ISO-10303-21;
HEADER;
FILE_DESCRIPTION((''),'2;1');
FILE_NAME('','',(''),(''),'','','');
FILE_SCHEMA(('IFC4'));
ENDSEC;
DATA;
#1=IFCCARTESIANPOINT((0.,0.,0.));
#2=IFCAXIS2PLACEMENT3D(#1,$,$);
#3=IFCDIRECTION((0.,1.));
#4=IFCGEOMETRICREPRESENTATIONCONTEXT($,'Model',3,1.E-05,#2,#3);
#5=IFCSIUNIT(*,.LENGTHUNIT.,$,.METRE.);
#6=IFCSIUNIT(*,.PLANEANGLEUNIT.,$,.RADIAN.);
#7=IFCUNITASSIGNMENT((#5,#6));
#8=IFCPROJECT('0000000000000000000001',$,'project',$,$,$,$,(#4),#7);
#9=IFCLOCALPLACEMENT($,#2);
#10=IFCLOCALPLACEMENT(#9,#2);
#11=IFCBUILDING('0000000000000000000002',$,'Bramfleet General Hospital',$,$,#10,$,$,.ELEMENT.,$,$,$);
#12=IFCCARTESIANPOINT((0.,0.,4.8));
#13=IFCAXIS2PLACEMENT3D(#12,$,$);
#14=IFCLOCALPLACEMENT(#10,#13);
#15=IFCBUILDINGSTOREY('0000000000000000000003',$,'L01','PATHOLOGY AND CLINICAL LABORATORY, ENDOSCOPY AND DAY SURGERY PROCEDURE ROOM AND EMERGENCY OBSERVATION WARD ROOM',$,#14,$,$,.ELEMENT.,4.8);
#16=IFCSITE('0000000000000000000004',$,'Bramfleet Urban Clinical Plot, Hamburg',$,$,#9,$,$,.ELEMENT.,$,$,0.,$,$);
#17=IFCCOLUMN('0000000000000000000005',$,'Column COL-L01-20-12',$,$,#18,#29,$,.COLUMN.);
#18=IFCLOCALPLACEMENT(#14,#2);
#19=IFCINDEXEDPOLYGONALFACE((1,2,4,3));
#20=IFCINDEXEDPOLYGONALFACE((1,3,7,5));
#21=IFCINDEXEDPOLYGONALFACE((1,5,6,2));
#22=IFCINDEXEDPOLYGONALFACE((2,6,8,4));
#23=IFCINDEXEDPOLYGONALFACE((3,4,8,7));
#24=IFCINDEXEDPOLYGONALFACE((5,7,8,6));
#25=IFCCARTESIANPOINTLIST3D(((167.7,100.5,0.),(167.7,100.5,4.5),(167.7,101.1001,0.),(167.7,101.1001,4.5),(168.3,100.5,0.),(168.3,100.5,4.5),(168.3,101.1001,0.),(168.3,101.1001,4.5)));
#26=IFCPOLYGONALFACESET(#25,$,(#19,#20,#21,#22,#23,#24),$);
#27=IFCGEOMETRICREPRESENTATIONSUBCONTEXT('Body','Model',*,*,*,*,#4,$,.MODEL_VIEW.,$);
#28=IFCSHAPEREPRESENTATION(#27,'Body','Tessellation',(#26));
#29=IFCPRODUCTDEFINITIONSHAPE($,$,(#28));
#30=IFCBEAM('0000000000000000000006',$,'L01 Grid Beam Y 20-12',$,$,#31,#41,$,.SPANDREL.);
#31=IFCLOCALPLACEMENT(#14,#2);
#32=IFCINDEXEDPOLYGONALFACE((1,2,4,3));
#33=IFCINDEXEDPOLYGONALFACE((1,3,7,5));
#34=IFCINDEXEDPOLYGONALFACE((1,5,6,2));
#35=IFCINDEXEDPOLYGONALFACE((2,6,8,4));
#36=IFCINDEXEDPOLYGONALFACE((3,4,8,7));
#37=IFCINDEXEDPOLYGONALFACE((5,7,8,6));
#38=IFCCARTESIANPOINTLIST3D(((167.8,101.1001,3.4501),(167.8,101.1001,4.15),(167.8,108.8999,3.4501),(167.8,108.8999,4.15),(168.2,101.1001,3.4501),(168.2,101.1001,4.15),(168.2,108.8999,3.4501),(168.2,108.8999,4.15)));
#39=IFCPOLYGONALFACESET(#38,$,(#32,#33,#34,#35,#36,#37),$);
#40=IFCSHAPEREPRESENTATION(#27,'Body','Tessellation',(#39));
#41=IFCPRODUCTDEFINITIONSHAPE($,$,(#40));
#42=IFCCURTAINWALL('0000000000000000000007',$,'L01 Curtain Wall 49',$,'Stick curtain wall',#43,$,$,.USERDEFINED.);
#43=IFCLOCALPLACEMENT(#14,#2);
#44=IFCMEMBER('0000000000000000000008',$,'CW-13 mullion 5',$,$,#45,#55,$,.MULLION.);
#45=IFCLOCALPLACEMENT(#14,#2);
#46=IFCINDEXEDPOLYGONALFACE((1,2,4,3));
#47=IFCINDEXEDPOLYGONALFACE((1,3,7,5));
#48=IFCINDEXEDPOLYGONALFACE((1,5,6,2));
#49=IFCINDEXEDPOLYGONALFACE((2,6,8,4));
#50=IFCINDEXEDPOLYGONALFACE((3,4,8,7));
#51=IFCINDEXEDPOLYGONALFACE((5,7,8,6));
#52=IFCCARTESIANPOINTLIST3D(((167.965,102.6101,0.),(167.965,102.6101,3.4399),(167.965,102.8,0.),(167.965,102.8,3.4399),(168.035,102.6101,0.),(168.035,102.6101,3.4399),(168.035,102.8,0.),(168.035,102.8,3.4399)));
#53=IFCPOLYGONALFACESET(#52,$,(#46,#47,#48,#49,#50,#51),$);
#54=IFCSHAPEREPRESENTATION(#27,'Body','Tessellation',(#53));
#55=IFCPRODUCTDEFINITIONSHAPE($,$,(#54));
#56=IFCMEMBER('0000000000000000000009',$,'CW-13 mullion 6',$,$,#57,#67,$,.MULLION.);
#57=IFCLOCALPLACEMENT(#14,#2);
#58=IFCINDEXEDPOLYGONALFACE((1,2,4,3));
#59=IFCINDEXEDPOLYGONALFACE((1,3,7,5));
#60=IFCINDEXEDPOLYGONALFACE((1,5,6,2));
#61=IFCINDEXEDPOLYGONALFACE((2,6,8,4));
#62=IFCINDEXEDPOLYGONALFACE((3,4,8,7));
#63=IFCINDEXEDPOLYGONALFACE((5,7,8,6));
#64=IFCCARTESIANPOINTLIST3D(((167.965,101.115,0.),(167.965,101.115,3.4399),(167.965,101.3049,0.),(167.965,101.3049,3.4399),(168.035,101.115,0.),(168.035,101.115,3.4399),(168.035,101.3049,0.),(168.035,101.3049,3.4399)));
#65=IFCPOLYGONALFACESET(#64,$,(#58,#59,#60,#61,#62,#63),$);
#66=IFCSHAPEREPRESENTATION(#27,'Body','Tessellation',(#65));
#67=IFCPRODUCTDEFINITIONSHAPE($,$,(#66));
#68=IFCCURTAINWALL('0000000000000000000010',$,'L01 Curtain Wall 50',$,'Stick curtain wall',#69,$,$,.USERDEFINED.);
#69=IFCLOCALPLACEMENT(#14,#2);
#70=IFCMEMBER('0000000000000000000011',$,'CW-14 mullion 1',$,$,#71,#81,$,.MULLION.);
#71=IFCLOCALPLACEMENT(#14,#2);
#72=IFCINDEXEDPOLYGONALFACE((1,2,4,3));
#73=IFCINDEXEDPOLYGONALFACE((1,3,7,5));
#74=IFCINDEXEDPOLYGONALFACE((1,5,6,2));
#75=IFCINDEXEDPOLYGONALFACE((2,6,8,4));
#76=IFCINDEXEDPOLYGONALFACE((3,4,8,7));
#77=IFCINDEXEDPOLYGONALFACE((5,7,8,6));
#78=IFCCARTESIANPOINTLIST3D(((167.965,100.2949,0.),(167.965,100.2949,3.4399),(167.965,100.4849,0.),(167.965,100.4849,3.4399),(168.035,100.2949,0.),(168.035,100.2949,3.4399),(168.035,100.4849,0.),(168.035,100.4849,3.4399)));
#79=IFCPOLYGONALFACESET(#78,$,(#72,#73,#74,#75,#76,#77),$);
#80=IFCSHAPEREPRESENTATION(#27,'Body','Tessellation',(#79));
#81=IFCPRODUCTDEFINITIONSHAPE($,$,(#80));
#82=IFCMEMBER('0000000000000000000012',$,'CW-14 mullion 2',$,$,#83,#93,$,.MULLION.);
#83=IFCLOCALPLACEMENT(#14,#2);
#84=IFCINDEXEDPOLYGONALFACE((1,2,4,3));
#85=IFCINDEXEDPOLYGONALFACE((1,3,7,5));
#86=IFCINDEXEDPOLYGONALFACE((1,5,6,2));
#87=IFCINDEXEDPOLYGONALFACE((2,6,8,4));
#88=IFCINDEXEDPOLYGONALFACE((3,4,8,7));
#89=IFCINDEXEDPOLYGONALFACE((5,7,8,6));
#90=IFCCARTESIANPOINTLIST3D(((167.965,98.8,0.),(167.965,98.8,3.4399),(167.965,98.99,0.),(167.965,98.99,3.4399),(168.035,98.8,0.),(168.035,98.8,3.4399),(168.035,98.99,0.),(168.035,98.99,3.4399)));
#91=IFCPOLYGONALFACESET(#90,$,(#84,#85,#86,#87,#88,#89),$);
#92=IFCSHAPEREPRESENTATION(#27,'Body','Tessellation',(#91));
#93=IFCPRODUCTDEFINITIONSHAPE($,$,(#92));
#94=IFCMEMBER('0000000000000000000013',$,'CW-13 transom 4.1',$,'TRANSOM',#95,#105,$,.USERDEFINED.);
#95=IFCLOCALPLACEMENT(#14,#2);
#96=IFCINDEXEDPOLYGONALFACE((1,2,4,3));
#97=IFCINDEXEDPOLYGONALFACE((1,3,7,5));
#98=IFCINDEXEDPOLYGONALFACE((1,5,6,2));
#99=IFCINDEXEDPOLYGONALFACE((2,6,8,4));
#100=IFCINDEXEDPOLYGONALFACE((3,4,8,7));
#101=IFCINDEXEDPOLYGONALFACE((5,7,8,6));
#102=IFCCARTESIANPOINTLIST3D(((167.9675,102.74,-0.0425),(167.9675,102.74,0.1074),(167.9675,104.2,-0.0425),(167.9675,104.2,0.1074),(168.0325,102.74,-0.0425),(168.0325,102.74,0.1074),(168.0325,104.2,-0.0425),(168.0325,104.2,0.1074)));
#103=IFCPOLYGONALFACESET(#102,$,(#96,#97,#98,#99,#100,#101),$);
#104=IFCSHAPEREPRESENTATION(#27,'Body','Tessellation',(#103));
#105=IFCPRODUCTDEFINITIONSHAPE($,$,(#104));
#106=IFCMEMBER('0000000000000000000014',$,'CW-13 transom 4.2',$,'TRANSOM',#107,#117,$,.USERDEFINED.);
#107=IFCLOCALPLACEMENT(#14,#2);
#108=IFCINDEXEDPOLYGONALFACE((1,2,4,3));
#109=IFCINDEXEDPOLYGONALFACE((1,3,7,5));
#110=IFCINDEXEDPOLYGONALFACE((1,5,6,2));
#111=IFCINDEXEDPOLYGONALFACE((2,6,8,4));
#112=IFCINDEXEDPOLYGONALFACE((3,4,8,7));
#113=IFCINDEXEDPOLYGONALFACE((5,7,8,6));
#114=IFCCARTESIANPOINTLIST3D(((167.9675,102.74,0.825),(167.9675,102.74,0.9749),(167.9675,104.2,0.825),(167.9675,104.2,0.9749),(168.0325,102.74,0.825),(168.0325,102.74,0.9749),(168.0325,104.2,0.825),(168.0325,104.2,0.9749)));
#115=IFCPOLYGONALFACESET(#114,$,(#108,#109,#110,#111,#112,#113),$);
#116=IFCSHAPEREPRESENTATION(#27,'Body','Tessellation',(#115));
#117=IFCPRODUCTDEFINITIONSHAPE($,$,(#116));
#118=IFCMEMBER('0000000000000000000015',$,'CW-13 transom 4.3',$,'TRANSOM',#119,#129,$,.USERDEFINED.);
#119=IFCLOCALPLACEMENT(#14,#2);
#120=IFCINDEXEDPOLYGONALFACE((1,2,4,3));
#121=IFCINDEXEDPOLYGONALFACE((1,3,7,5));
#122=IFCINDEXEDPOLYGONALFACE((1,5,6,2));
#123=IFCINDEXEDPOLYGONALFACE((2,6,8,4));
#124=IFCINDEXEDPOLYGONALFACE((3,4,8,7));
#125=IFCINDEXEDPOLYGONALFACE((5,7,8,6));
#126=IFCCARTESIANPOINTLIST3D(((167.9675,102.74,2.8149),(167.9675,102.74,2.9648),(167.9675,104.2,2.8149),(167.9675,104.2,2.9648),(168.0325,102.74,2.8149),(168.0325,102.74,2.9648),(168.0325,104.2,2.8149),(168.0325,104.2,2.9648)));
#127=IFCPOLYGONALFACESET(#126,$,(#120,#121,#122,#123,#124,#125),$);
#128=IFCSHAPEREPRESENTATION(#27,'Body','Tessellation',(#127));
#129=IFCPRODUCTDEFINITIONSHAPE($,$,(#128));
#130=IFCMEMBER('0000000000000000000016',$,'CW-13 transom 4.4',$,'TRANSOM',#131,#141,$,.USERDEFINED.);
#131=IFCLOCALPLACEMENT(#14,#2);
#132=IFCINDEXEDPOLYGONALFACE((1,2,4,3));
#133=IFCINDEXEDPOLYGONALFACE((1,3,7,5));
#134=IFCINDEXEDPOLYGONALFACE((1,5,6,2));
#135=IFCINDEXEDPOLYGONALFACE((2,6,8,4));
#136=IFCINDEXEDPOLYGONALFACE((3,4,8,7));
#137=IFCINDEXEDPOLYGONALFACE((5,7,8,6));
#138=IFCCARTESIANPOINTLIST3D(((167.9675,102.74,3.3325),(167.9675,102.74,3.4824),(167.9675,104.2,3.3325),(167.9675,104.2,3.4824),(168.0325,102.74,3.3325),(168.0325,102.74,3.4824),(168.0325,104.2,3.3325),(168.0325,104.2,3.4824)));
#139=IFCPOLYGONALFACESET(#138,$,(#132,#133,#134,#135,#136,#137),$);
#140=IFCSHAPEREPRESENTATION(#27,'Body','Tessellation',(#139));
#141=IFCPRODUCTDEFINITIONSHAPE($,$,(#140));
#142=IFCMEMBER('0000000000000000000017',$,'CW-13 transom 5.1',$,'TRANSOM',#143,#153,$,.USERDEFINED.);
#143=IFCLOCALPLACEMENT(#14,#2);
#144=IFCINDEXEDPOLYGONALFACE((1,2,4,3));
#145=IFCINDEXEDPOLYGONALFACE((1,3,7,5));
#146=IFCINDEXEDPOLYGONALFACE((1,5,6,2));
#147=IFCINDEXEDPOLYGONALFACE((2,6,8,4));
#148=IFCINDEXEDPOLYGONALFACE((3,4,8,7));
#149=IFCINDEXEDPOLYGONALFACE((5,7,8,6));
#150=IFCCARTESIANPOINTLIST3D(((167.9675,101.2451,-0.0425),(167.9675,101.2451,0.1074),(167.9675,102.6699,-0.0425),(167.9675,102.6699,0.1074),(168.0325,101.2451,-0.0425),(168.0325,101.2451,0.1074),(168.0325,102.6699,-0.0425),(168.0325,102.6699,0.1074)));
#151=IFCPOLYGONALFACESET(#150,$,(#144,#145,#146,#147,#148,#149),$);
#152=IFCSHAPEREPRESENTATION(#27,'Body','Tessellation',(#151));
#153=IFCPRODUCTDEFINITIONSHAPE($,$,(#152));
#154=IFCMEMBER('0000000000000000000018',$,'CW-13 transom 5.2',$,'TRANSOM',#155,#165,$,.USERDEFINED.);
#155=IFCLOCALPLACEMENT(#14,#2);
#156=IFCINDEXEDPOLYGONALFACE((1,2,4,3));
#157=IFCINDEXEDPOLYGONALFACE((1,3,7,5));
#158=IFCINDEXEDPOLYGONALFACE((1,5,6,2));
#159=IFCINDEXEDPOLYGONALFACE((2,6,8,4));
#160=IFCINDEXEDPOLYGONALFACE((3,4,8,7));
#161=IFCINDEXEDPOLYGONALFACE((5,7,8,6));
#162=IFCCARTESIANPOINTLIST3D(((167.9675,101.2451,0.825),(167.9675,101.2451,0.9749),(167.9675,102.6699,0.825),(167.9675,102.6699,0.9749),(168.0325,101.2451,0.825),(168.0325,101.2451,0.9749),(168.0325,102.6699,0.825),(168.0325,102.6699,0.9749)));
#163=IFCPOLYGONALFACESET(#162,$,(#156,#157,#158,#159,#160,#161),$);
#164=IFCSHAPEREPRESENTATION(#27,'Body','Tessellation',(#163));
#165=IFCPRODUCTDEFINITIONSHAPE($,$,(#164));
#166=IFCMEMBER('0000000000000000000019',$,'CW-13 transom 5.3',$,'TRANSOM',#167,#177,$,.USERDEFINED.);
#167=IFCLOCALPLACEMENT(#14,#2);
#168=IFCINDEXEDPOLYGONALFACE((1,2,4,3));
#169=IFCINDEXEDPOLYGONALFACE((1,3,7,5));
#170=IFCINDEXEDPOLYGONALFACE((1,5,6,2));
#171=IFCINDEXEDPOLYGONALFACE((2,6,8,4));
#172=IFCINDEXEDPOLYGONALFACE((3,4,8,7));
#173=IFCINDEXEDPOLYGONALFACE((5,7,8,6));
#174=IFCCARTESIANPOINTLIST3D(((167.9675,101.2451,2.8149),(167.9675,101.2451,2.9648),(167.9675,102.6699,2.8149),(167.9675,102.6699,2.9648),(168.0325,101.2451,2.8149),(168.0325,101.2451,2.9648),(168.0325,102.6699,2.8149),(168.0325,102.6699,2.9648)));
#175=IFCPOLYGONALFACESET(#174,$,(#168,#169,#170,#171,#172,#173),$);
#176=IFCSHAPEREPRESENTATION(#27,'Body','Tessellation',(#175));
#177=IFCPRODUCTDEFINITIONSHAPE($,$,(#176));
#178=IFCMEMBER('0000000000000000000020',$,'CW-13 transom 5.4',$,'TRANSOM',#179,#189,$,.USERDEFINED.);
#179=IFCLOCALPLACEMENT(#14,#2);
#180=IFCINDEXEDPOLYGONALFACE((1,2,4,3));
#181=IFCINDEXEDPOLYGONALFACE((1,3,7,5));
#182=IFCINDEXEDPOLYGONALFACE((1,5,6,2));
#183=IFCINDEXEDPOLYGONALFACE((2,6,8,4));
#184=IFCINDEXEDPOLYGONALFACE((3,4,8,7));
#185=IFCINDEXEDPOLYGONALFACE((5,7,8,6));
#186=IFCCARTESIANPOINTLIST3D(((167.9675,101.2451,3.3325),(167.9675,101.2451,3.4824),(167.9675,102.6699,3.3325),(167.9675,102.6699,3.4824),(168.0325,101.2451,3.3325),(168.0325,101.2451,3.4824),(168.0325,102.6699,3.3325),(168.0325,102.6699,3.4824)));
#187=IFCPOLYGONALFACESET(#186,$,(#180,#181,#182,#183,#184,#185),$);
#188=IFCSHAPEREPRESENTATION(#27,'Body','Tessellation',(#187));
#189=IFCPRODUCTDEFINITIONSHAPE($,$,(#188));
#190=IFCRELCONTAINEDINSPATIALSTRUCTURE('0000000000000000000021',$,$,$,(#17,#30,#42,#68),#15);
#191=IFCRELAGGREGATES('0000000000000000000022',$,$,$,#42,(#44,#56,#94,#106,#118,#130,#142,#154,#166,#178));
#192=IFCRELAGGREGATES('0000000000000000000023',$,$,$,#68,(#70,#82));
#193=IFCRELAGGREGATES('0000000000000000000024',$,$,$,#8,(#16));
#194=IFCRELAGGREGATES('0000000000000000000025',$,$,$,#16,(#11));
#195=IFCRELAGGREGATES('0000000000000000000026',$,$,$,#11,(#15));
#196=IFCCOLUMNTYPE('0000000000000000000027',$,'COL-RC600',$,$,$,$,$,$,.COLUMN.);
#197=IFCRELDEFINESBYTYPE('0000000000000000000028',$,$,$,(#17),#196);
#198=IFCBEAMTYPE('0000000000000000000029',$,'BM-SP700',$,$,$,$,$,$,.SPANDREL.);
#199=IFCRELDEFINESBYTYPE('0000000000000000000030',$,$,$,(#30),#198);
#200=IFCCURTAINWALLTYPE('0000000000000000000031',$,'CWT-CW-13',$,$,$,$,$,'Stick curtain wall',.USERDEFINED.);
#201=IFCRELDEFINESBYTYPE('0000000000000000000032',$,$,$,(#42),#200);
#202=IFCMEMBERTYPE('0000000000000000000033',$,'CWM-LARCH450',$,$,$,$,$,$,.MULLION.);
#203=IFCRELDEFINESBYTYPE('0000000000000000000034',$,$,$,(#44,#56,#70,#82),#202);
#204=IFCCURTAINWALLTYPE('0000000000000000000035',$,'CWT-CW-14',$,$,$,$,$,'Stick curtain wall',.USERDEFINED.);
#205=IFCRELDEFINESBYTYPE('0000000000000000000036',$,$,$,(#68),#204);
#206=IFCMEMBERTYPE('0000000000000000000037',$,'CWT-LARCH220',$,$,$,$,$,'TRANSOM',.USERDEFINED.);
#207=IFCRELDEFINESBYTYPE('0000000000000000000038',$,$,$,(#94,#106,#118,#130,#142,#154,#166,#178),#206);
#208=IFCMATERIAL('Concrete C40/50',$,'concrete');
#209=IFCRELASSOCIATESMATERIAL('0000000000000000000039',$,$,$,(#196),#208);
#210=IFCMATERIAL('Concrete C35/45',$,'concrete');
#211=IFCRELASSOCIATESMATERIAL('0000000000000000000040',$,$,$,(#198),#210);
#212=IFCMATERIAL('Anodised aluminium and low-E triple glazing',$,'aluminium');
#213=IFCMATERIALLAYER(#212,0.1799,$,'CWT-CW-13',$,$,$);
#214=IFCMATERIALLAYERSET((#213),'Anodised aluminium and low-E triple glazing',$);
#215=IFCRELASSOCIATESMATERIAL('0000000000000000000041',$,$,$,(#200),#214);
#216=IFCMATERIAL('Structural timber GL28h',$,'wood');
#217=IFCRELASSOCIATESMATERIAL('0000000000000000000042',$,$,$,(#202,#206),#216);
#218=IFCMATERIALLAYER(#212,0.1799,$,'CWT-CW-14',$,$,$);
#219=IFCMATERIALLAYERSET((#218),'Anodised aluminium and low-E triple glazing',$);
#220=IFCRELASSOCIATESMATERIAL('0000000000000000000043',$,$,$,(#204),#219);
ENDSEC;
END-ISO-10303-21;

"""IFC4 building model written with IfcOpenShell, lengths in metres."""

from ifc_helpers import new_model, si_unit, direction, frame, origin, origin_2d, place, context, subcontext, project, spatial, rectangle, extrude, material, layer, layer_set, material_profile, profile_set, type_object, element, aggregate, save


model = new_model("IFC4")

# Units and contexts
model_context = context("Model", 3, precision=1e-05, world=origin(), true_north=direction((0.0, 1.0)))
body_context = subcontext(model_context, "Body", "Model", "MODEL_VIEW")
ifc_project = project(units=[si_unit("LENGTHUNIT", "METRE"), si_unit("PLANEANGLEUNIT", "RADIAN")], contexts=[model_context])

# Site, building, storey
site_placement = place(None, origin())
site = spatial("IfcSite", under=ifc_project, at=site_placement, Name="Bramfleet Urban Clinical Plot, Hamburg", CompositionType="ELEMENT", RefElevation=0.0)
building_placement = place(site_placement, origin())
building = spatial("IfcBuilding", under=site, at=building_placement, Name="Bramfleet General Hospital", CompositionType="ELEMENT")
storey_placement = place(building_placement, frame((0.0, 0.0, 4.8)))
storey = spatial("IfcBuildingStorey", under=building, at=storey_placement, Name="L01", Description="PATHOLOGY AND CLINICAL LABORATORY, ENDOSCOPY AND DAY SURGERY PROCEDURE ROOM AND EMERGENCY OBSERVATION WARD ROOM", CompositionType="ELEMENT", Elevation=4.8)

# Column
ifc_material_1 = material(Name="Concrete C40/50", Category="concrete")
ifc_material_profile_1 = material_profile(ifc_material_1, rectangle(XDim=0.6001, YDim=0.6001, at=origin_2d()), Name="RC COL 600x600")
ifc_profile_set_1 = profile_set([ifc_material_profile_1], Name="Concrete C40/50")
column_type = type_object("IfcColumnType", Name="COL-RC600", PredefinedType="COLUMN", material=ifc_profile_set_1)
column_placement = place(storey_placement, frame((168.0, 100.8, 0.0), z_axis=(0.0, 0.0, 1.0), x_axis=(1.0, 0.0, 0.0)))
element("IfcColumn", 1, at=column_placement, inside=storey, type_object=column_type, Name="Column COL-L01-20-12", PredefinedType="COLUMN", context=body_context, shape_type="SweptSolid", body=[
    extrude(rectangle(XDim=0.6001, YDim=0.6001, at=origin_2d()), origin(), (0.0, 0.0, 1.0), 4.5),
])

# Beam
ifc_material_2 = material(Name="Concrete C35/45", Category="concrete")
ifc_material_profile_2 = material_profile(ifc_material_2, rectangle(XDim=0.3999, YDim=0.7, at=origin_2d()), Name="RC SP 700x400")
ifc_profile_set_2 = profile_set([ifc_material_profile_2], Name="Concrete C35/45")
beam_type = type_object("IfcBeamType", Name="BM-SP700", PredefinedType="SPANDREL", material=ifc_profile_set_2)
beam_placement = place(storey_placement, frame((168.0, 101.1001, 3.8), z_axis=(0.0, 1.0, 0.0), x_axis=(-1.0, 0.0, 0.0)))
element("IfcBeam", 2, at=beam_placement, inside=storey, type_object=beam_type, Name="L01 Grid Beam Y 20-12", PredefinedType="SPANDREL", context=body_context, shape_type="SweptSolid", body=[
    extrude(rectangle(XDim=0.3999, YDim=0.7, at=origin_2d()), origin(), (0.0, 0.0, 1.0), 7.7998),
])

# Curtain walls, members
ifc_material_3 = material(Name="Anodised aluminium and low-E triple glazing", Category="aluminium")
ifc_layer_1 = layer(ifc_material_3, 0.1799, Name="CWT-CW-13")
ifc_layer_set_1 = layer_set([ifc_layer_1], Name="Anodised aluminium and low-E triple glazing")
curtain_wall_type_1 = type_object("IfcCurtainWallType", Name="CWT-CW-13", ElementType="Stick curtain wall", PredefinedType="USERDEFINED", material=ifc_layer_set_1)
curtain_wall_1_placement = place(storey_placement, origin())
curtain_wall_1 = element("IfcCurtainWall", 3, at=curtain_wall_1_placement, inside=storey, type_object=curtain_wall_type_1, Name="L01 Curtain Wall 49", ObjectType="Stick curtain wall", PredefinedType="USERDEFINED")
ifc_material_4 = material(Name="Structural timber GL28h", Category="wood")
ifc_material_profile_3 = material_profile(ifc_material_4, rectangle(XDim=0.0701, YDim=0.1899, at=origin_2d()), Name="LARCH 190x70")
ifc_profile_set_3 = profile_set([ifc_material_profile_3], Name="Structural timber GL28h")
member_type_1 = type_object("IfcMemberType", Name="CWM-LARCH450", PredefinedType="MULLION", material=ifc_profile_set_3)
member_1_placement = place(storey_placement, frame((168.0, 102.7051, 0.0), z_axis=(0.0, 0.0, 1.0), x_axis=(1.0, 0.0, 0.0)))
member_1 = element("IfcMember", 4, at=member_1_placement, type_object=member_type_1, Name="CW-13 mullion 5", PredefinedType="MULLION", context=body_context, shape_type="SweptSolid", body=[
    extrude(rectangle(XDim=0.0701, YDim=0.1899, at=origin_2d()), origin(), (0.0, 0.0, 1.0), 3.4399),
])
member_2_placement = place(storey_placement, frame((168.0, 101.21, 0.0), z_axis=(0.0, 0.0, 1.0), x_axis=(1.0, 0.0, 0.0)))
member_2 = element("IfcMember", 5, at=member_2_placement, type_object=member_type_1, Name="CW-13 mullion 6", PredefinedType="MULLION", context=body_context, shape_type="SweptSolid", body=[
    extrude(rectangle(XDim=0.0701, YDim=0.1899, at=origin_2d()), origin(), (0.0, 0.0, 1.0), 3.4399),
])
ifc_layer_2 = layer(ifc_material_3, 0.1799, Name="CWT-CW-14")
ifc_layer_set_2 = layer_set([ifc_layer_2], Name="Anodised aluminium and low-E triple glazing")
curtain_wall_type_2 = type_object("IfcCurtainWallType", Name="CWT-CW-14", ElementType="Stick curtain wall", PredefinedType="USERDEFINED", material=ifc_layer_set_2)
curtain_wall_2_placement = place(storey_placement, origin())
curtain_wall_2 = element("IfcCurtainWall", 6, at=curtain_wall_2_placement, inside=storey, type_object=curtain_wall_type_2, Name="L01 Curtain Wall 50", ObjectType="Stick curtain wall", PredefinedType="USERDEFINED")
member_3_placement = place(storey_placement, frame((168.0, 100.3899, 0.0), z_axis=(0.0, 0.0, 1.0), x_axis=(1.0, 0.0, 0.0)))
member_3 = element("IfcMember", 7, at=member_3_placement, type_object=member_type_1, Name="CW-14 mullion 1", PredefinedType="MULLION", context=body_context, shape_type="SweptSolid", body=[
    extrude(rectangle(XDim=0.0701, YDim=0.1899, at=origin_2d()), origin(), (0.0, 0.0, 1.0), 3.4399),
])
member_4_placement = place(storey_placement, frame((168.0, 98.895, 0.0), z_axis=(0.0, 0.0, 1.0), x_axis=(1.0, 0.0, 0.0)))
member_4 = element("IfcMember", 8, at=member_4_placement, type_object=member_type_1, Name="CW-14 mullion 2", PredefinedType="MULLION", context=body_context, shape_type="SweptSolid", body=[
    extrude(rectangle(XDim=0.0701, YDim=0.1899, at=origin_2d()), origin(), (0.0, 0.0, 1.0), 3.4399),
])

# Members
ifc_material_profile_4 = material_profile(ifc_material_4, rectangle(XDim=0.0649, YDim=0.1499, at=origin_2d()), Name="LARCH 150x65")
ifc_profile_set_4 = profile_set([ifc_material_profile_4], Name="Structural timber GL28h")
member_type_2 = type_object("IfcMemberType", Name="CWT-LARCH220", ElementType="TRANSOM", PredefinedType="USERDEFINED", material=ifc_profile_set_4)
member_5_placement = place(storey_placement, frame((168.0, 104.2, 0.0325), z_axis=(0.0, -1.0, 0.0), x_axis=(1.0, 0.0, 0.0)))
member_5 = element("IfcMember", 9, at=member_5_placement, type_object=member_type_2, Name="CW-13 transom 4.1", ObjectType="TRANSOM", PredefinedType="USERDEFINED", context=body_context, shape_type="SweptSolid", body=[
    extrude(rectangle(XDim=0.0649, YDim=0.1499, at=origin_2d()), origin(), (0.0, 0.0, 1.0), 1.46),
])
member_6_placement = place(storey_placement, frame((168.0, 104.2, 0.8999), z_axis=(0.0, -1.0, 0.0), x_axis=(1.0, 0.0, 0.0)))
member_6 = element("IfcMember", 10, at=member_6_placement, type_object=member_type_2, Name="CW-13 transom 4.2", ObjectType="TRANSOM", PredefinedType="USERDEFINED", context=body_context, shape_type="SweptSolid", body=[
    extrude(rectangle(XDim=0.0649, YDim=0.1499, at=origin_2d()), origin(), (0.0, 0.0, 1.0), 1.46),
])
member_7_placement = place(storey_placement, frame((168.0, 104.2, 2.8899), z_axis=(0.0, -1.0, 0.0), x_axis=(1.0, 0.0, 0.0)))
member_7 = element("IfcMember", 11, at=member_7_placement, type_object=member_type_2, Name="CW-13 transom 4.3", ObjectType="TRANSOM", PredefinedType="USERDEFINED", context=body_context, shape_type="SweptSolid", body=[
    extrude(rectangle(XDim=0.0649, YDim=0.1499, at=origin_2d()), origin(), (0.0, 0.0, 1.0), 1.46),
])
member_8_placement = place(storey_placement, frame((168.0, 104.2, 3.4075), z_axis=(0.0, -1.0, 0.0), x_axis=(1.0, 0.0, 0.0)))
member_8 = element("IfcMember", 12, at=member_8_placement, type_object=member_type_2, Name="CW-13 transom 4.4", ObjectType="TRANSOM", PredefinedType="USERDEFINED", context=body_context, shape_type="SweptSolid", body=[
    extrude(rectangle(XDim=0.0649, YDim=0.1499, at=origin_2d()), origin(), (0.0, 0.0, 1.0), 1.46),
])
member_9_placement = place(storey_placement, frame((168.0, 102.6699, 0.0325), z_axis=(0.0, -1.0, 0.0), x_axis=(1.0, 0.0, 0.0)))
member_9 = element("IfcMember", 13, at=member_9_placement, type_object=member_type_2, Name="CW-13 transom 5.1", ObjectType="TRANSOM", PredefinedType="USERDEFINED", context=body_context, shape_type="SweptSolid", body=[
    extrude(rectangle(XDim=0.0649, YDim=0.1499, at=origin_2d()), origin(), (0.0, 0.0, 1.0), 1.4248),
])
member_10_placement = place(storey_placement, frame((168.0, 102.6699, 0.8999), z_axis=(0.0, -1.0, 0.0), x_axis=(1.0, 0.0, 0.0)))
member_10 = element("IfcMember", 14, at=member_10_placement, type_object=member_type_2, Name="CW-13 transom 5.2", ObjectType="TRANSOM", PredefinedType="USERDEFINED", context=body_context, shape_type="SweptSolid", body=[
    extrude(rectangle(XDim=0.0649, YDim=0.1499, at=origin_2d()), origin(), (0.0, 0.0, 1.0), 1.4248),
])
member_11_placement = place(storey_placement, frame((168.0, 102.6699, 2.8899), z_axis=(0.0, -1.0, 0.0), x_axis=(1.0, 0.0, 0.0)))
member_11 = element("IfcMember", 15, at=member_11_placement, type_object=member_type_2, Name="CW-13 transom 5.3", ObjectType="TRANSOM", PredefinedType="USERDEFINED", context=body_context, shape_type="SweptSolid", body=[
    extrude(rectangle(XDim=0.0649, YDim=0.1499, at=origin_2d()), origin(), (0.0, 0.0, 1.0), 1.4248),
])
member_12_placement = place(storey_placement, frame((168.0, 102.6699, 3.4075), z_axis=(0.0, -1.0, 0.0), x_axis=(1.0, 0.0, 0.0)))
member_12 = element("IfcMember", 16, at=member_12_placement, type_object=member_type_2, Name="CW-13 transom 5.4", ObjectType="TRANSOM", PredefinedType="USERDEFINED", context=body_context, shape_type="SweptSolid", body=[
    extrude(rectangle(XDim=0.0649, YDim=0.1499, at=origin_2d()), origin(), (0.0, 0.0, 1.0), 1.4248),
])

aggregate(curtain_wall_1, [member_1, member_2, member_5, member_6, member_7, member_8, member_9, member_10, member_11, member_12])
aggregate(curtain_wall_2, [member_3, member_4])

save(model, "model.ifc")
